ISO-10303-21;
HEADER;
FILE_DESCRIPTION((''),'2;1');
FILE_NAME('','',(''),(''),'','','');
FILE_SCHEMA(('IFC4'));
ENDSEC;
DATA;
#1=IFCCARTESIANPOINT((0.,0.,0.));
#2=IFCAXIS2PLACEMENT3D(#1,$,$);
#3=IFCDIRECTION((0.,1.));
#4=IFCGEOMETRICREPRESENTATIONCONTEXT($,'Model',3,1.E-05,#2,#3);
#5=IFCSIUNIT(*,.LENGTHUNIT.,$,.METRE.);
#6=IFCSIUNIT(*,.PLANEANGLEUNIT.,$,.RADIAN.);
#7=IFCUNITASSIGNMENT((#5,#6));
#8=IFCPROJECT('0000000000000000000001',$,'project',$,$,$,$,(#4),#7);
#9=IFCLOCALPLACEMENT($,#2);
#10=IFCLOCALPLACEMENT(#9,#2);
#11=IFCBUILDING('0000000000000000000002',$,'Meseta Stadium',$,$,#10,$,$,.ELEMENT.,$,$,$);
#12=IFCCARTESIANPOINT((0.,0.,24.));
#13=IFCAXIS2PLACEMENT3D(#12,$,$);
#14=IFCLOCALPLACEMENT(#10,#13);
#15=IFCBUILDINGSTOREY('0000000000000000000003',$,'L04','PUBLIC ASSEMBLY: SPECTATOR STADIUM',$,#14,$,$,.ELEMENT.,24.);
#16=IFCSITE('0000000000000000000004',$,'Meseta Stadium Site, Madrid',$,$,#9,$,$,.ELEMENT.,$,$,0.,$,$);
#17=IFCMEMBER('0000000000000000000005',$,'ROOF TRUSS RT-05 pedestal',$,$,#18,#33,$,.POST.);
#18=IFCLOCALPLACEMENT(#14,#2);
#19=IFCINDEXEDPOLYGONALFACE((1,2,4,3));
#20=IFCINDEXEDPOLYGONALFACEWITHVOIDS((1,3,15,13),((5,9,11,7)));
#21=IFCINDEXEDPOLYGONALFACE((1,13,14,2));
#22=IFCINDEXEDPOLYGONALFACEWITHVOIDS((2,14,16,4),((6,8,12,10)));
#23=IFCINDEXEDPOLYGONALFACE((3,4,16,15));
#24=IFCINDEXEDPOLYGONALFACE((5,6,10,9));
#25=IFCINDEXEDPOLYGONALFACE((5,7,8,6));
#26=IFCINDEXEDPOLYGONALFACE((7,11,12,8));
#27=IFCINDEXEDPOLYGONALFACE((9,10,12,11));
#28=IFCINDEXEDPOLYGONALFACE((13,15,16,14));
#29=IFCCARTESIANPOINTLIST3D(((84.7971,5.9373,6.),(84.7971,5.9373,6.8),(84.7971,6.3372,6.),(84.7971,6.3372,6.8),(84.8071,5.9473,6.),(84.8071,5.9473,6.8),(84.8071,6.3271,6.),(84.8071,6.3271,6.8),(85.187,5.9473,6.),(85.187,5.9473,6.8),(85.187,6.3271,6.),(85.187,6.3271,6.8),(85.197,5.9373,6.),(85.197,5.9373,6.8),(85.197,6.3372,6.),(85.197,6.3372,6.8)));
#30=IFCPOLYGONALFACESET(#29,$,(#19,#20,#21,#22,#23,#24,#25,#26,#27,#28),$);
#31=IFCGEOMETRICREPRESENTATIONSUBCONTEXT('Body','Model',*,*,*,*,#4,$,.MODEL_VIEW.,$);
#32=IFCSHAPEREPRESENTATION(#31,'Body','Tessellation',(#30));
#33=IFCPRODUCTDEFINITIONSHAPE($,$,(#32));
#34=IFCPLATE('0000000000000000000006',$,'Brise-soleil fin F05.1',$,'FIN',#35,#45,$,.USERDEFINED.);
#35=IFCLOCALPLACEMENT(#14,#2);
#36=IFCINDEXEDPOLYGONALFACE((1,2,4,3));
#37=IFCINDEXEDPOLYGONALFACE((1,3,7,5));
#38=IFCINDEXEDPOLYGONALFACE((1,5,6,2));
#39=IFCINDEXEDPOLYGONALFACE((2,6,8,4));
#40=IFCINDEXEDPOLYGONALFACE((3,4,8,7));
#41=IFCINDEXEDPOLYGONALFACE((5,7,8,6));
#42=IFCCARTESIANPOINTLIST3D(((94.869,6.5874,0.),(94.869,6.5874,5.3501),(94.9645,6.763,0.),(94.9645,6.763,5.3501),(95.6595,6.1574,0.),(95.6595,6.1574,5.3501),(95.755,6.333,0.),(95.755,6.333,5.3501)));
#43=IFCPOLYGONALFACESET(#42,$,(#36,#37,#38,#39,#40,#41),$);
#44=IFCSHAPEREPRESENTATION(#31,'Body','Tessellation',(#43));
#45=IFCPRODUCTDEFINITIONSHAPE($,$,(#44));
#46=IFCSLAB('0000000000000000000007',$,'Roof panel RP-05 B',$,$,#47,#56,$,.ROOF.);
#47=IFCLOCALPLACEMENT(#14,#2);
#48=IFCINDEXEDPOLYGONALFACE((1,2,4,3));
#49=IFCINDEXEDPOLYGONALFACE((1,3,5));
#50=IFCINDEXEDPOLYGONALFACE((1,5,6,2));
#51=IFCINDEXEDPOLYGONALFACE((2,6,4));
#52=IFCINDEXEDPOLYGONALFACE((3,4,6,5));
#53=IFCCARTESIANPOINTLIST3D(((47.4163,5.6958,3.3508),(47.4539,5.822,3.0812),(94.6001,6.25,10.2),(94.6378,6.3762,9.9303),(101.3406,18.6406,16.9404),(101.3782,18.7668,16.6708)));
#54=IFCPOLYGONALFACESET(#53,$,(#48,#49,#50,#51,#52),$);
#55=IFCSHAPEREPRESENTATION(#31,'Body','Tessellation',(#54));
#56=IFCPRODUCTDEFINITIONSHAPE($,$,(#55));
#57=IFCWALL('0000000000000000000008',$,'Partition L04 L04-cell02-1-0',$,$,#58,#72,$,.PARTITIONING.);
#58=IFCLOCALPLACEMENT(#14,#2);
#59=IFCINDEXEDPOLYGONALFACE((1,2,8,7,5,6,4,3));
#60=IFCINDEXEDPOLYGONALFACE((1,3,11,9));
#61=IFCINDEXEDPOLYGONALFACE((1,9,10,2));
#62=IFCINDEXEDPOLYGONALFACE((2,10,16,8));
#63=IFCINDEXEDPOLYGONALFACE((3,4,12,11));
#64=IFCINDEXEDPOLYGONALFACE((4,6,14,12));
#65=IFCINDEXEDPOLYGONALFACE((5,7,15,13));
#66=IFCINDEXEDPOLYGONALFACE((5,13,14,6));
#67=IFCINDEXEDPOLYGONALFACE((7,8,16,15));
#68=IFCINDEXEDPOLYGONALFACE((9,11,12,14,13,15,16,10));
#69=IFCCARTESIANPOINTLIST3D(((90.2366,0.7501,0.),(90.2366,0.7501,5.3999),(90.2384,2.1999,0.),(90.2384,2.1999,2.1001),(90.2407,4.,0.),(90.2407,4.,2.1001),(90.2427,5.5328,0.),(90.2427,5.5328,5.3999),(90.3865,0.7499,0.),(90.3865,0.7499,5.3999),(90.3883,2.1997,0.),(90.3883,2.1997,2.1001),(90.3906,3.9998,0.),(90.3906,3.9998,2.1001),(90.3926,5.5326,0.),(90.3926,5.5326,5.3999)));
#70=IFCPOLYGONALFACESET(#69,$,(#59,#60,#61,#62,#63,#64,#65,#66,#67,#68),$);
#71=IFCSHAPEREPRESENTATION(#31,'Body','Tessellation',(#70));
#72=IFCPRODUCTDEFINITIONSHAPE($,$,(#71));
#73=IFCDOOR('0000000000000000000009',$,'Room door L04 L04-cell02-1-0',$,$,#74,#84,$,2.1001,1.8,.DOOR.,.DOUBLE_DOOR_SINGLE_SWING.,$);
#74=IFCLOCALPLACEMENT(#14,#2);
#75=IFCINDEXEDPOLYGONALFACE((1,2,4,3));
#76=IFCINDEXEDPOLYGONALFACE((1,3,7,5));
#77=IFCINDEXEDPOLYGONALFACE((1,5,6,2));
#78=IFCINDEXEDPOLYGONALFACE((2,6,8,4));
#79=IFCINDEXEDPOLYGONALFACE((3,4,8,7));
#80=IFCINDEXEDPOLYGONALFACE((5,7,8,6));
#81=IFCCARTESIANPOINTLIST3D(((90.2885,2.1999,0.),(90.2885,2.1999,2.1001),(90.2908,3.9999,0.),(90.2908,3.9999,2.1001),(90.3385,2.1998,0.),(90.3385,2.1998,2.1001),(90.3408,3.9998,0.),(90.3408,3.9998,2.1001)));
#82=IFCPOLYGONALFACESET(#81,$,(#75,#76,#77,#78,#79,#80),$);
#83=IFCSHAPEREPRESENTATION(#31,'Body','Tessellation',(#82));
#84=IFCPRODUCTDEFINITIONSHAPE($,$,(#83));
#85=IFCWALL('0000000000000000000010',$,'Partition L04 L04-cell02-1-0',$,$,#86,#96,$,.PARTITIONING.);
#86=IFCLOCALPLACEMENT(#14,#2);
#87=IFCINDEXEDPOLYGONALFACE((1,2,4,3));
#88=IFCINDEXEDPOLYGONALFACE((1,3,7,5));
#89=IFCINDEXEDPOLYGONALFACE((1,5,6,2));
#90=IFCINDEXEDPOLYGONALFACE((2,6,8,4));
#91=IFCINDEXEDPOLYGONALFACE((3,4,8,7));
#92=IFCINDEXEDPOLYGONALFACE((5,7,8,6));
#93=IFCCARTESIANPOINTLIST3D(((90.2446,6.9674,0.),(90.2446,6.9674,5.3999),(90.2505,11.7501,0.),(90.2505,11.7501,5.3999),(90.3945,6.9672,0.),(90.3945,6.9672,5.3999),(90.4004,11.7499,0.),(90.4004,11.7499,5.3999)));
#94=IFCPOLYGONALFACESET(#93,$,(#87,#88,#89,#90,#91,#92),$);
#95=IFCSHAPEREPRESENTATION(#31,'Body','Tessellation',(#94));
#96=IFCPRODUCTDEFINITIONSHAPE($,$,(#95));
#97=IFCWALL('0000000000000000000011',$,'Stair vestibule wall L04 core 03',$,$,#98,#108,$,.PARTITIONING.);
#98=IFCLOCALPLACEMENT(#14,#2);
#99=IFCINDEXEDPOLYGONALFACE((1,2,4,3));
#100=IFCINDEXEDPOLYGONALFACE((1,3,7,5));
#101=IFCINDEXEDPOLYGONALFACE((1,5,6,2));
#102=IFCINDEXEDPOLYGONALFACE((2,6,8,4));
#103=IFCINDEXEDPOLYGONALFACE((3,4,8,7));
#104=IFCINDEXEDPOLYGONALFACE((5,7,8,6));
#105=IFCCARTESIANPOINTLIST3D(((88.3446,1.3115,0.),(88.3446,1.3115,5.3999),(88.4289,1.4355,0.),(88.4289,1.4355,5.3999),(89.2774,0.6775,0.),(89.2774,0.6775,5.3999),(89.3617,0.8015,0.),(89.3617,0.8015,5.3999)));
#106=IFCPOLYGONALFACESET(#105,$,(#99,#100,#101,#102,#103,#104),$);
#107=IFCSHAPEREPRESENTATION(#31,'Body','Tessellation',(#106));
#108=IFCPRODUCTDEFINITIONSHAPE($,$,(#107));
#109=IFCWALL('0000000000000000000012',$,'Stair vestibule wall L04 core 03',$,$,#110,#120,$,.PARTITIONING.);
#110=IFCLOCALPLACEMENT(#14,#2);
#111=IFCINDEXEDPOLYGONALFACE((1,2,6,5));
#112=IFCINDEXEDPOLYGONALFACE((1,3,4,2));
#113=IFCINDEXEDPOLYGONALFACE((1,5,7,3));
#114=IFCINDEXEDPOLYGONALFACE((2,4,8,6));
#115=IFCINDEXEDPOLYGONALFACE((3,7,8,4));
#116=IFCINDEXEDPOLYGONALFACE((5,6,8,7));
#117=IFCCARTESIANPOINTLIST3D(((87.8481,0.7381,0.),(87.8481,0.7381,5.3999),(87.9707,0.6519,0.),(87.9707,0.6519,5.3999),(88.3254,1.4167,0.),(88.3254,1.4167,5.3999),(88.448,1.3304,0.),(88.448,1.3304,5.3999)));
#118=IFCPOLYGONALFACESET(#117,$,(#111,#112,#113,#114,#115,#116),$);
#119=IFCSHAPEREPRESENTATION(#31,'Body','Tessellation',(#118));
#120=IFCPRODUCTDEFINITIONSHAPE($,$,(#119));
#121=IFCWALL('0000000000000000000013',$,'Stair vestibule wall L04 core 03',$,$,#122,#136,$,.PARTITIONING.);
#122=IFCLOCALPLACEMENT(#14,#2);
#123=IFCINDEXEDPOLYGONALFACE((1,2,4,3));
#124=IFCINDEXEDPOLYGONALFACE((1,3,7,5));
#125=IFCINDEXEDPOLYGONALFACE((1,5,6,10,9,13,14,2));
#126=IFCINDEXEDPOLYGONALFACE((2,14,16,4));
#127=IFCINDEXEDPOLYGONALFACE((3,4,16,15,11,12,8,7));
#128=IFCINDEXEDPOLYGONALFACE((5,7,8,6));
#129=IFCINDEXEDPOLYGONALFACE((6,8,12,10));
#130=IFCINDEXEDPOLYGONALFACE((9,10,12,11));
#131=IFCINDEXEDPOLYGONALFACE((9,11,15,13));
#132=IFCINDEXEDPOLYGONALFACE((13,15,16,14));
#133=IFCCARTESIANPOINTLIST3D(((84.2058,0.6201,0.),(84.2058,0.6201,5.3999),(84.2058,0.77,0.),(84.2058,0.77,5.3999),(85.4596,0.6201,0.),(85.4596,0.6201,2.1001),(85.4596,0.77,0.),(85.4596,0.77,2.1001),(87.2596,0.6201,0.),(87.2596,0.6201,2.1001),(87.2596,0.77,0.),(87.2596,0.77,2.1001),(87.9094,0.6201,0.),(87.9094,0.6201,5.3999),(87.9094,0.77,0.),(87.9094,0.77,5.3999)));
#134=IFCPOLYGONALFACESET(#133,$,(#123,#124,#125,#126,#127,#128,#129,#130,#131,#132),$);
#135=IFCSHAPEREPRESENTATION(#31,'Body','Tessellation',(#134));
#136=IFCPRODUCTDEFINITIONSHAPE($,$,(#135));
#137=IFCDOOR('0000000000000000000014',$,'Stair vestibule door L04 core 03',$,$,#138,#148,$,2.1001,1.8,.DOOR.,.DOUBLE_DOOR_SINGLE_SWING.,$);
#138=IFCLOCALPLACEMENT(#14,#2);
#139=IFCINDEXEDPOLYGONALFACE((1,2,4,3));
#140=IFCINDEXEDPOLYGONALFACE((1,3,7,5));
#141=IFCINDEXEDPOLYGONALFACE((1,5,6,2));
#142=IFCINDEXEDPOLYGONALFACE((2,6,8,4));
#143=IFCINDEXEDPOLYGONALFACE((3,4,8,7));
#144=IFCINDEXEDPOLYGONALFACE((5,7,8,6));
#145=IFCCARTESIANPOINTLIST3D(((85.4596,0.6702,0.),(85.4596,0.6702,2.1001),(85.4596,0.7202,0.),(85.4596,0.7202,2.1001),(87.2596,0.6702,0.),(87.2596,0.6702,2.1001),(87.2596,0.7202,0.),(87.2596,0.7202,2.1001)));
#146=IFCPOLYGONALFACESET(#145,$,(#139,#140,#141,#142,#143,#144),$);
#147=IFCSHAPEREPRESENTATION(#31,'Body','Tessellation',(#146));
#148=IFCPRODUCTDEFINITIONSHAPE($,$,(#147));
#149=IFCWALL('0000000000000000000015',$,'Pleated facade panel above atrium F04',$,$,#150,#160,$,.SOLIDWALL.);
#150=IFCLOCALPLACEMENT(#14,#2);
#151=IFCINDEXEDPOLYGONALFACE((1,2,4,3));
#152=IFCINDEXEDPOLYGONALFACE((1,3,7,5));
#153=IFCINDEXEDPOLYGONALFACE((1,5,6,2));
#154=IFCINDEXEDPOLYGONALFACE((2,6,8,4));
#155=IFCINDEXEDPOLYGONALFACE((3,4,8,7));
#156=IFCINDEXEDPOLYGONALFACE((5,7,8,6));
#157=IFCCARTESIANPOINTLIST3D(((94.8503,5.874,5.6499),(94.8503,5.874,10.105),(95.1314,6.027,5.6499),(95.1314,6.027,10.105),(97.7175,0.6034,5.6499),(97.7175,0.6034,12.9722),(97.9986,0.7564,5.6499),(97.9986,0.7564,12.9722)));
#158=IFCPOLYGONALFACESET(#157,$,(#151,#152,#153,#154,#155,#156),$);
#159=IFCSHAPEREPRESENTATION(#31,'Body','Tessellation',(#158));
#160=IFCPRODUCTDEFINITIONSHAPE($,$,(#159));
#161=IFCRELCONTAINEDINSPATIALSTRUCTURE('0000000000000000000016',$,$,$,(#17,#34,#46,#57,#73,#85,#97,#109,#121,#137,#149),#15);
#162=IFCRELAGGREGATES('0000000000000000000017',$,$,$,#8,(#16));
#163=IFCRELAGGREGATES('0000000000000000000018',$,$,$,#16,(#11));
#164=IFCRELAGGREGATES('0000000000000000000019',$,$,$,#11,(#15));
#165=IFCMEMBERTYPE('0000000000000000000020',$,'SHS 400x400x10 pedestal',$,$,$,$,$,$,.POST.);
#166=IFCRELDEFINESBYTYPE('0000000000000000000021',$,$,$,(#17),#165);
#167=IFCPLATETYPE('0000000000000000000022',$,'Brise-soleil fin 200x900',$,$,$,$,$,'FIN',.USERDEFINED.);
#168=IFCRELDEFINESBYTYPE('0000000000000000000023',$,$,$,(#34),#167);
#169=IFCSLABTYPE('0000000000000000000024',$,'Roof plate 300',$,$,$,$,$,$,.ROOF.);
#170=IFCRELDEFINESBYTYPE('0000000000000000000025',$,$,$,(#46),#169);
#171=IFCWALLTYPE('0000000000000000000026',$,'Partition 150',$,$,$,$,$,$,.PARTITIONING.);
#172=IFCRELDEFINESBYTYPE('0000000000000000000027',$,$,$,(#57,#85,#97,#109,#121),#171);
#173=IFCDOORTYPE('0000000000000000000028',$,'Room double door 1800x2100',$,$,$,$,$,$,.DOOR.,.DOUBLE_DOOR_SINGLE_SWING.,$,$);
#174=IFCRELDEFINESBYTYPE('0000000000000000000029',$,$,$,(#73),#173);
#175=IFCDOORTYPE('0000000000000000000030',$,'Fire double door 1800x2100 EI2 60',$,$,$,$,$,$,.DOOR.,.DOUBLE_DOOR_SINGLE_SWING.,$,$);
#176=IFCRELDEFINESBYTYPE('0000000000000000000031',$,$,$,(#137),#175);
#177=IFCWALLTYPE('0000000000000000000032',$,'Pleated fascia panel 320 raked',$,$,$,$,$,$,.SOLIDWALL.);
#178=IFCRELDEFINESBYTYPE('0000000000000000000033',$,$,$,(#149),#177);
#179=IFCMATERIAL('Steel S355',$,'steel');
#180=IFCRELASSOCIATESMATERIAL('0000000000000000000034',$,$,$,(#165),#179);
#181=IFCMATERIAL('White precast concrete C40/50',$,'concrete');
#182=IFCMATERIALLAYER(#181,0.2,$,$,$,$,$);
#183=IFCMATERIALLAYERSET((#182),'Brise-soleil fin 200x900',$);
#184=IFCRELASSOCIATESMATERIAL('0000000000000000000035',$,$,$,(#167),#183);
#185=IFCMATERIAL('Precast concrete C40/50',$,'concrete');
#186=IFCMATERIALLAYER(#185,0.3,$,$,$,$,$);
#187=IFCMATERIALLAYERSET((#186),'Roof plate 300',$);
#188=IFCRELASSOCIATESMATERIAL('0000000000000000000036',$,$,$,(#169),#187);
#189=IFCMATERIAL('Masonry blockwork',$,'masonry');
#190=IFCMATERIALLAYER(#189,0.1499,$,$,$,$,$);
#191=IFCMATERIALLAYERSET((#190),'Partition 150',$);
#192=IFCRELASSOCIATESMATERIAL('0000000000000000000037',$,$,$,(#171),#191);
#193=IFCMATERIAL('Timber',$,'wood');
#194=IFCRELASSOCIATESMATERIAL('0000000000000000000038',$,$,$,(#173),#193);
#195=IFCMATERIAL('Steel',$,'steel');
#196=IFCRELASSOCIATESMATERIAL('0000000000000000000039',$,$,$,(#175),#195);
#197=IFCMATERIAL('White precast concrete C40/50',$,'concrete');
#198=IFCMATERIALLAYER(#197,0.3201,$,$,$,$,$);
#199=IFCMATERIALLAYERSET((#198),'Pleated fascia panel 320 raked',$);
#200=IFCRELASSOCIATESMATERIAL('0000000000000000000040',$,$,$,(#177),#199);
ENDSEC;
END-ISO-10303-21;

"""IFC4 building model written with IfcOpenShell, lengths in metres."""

from ifc_helpers import new_model, si_unit, direction, frame, frame_2d, origin, origin_2d, place, context, subcontext, project, spatial, polyline, rectangle, hollow_rectangle, outline, extrude, material, layer, layer_set, material_profile, profile_set, type_object, element, fill, save


model = new_model("IFC4")

# Units and contexts
model_context = context("Model", 3, precision=1e-05, world=origin(), true_north=direction((0.0, 1.0)))
body_context = subcontext(model_context, "Body", "Model", "MODEL_VIEW")
ifc_project = project(units=[si_unit("LENGTHUNIT", "METRE"), si_unit("PLANEANGLEUNIT", "RADIAN")], contexts=[model_context])

# Site, building, storey
site_placement = place(None, origin())
site = spatial("IfcSite", under=ifc_project, at=site_placement, Name="Meseta Stadium Site, Madrid", CompositionType="ELEMENT", RefElevation=0.0)
building_placement = place(site_placement, origin())
building = spatial("IfcBuilding", under=site, at=building_placement, Name="Meseta Stadium", CompositionType="ELEMENT")
storey_placement = place(building_placement, frame((0.0, 0.0, 24.0)))
storey = spatial("IfcBuildingStorey", under=building, at=storey_placement, Name="L04", Description="PUBLIC ASSEMBLY: SPECTATOR STADIUM", CompositionType="ELEMENT", Elevation=24.0)

# Member
ifc_material_1 = material(Name="Steel S355", Category="steel")
ifc_material_profile_1 = material_profile(ifc_material_1, hollow_rectangle(XDim=0.3999, YDim=0.3999, WallThickness=0.01, at=origin_2d()), Name="SHS 400x400x10")
ifc_profile_set_1 = profile_set([ifc_material_profile_1], Name="Steel S355")
member_type_1 = type_object("IfcMemberType", Name="SHS 400x400x10 pedestal", PredefinedType="POST", material=ifc_profile_set_1)
member_1_placement = place(storey_placement, frame((84.9971, 6.1372, 6.0), z_axis=(0.0, 0.0, 1.0), x_axis=(1.0, 0.0, 0.0)))
element("IfcMember", 1, at=member_1_placement, inside=storey, type_object=member_type_1, Name="ROOF TRUSS RT-05 pedestal", PredefinedType="POST", context=body_context, shape_type="SweptSolid", body=[
    extrude(hollow_rectangle(XDim=0.3999, YDim=0.3999, WallThickness=0.01, at=origin_2d()), origin(), (0.0, 0.0, 1.0), 0.8),
])

# Plate
ifc_material_2 = material(Name="White precast concrete C40/50", Category="concrete")
ifc_layer_1 = layer(ifc_material_2, 0.2)
ifc_layer_set_1 = layer_set([ifc_layer_1], Name="Brise-soleil fin 200x900")
plate_type = type_object("IfcPlateType", Name="Brise-soleil fin 200x900", ElementType="FIN", PredefinedType="USERDEFINED", material=ifc_layer_set_1)
plate_placement = place(storey_placement, frame((95.312, 6.4602, 0.0), z_axis=(0.0, 0.0, 1.0), x_axis=(0.477867, 0.878432, 0.0)))
element("IfcPlate", 2, at=plate_placement, inside=storey, type_object=plate_type, Name="Brise-soleil fin F05.1", ObjectType="FIN", PredefinedType="USERDEFINED", context=body_context, shape_type="SweptSolid", body=[
    extrude(rectangle(XDim=0.2, YDim=0.8999, at=origin_2d()), origin(), (0.0, 0.0, 1.0), 5.3501),
])

# Slab
ifc_material_3 = material(Name="Precast concrete C40/50", Category="concrete")
ifc_layer_2 = layer(ifc_material_3, 0.3)
ifc_layer_set_2 = layer_set([ifc_layer_2], Name="Roof plate 300")
slab_type = type_object("IfcSlabType", Name="Roof plate 300", PredefinedType="ROOF", material=ifc_layer_set_2)
slab_placement = place(storey_placement, frame((94.6001, 6.25, 10.2), z_axis=(-0.125493, -0.420543, 0.898552), x_axis=(-0.989561, -0.011623, -0.143643)))
element("IfcSlab", 3, at=slab_placement, inside=storey, type_object=slab_type, Name="Roof panel RP-05 B", PredefinedType="ROOF", context=body_context, shape_type="SweptSolid", body=[
    extrude(outline(polyline([(0.0, 0.0), (47.6816, 0.0), (-7.7824, -13.5584), (0.0, 0.0)])), origin(), (0.0, 0.0, -1.0), 0.3),
])

# Wall, opening, door
ifc_material_4 = material(Name="Masonry blockwork", Category="masonry")
ifc_layer_3 = layer(ifc_material_4, 0.1499)
ifc_layer_set_3 = layer_set([ifc_layer_3], Name="Partition 150")
wall_type_1 = type_object("IfcWallType", Name="Partition 150", PredefinedType="PARTITIONING", material=ifc_layer_set_3)
wall_1_placement = place(storey_placement, frame((90.3115, 0.75, 0.0), z_axis=(0.0, 0.0, 1.0), x_axis=(0.001276, 0.999999, 0.0)))
wall_1 = element("IfcWall", 4, at=wall_1_placement, inside=storey, type_object=wall_type_1, Name="Partition L04 L04-cell02-1-0", PredefinedType="PARTITIONING", context=body_context, shape_type="SweptSolid", body=[
    extrude(rectangle(XDim=4.7827, YDim=0.1499, at=frame_2d((2.3914, 0.0))), origin(), (0.0, 0.0, 1.0), 5.3999),
])
opening_1_placement = place(wall_1_placement, frame((1.45, 0.0, 0.0)))
opening_1 = element("IfcOpeningElement", 5, at=opening_1_placement, cuts=wall_1, PredefinedType="OPENING", context=body_context, shape_type="SweptSolid", body=[
    extrude(rectangle(XDim=1.8, YDim=2.1001, at=frame_2d((0.8999, 1.05))), frame((0.0, 0.085, 0.0), z_axis=(0.0, -1.0, 0.0), x_axis=(1.0, 0.0, 0.0)), (0.0, 0.0, 1.0), 0.1699),
])
ifc_material_5 = material(Name="Timber", Category="wood")
door_type_1 = type_object("IfcDoorType", Name="Room double door 1800x2100", OperationType="DOUBLE_DOOR_SINGLE_SWING", PredefinedType="DOOR", material=ifc_material_5)
door_1_placement = place(opening_1_placement, origin())
door_1 = element("IfcDoor", 6, at=door_1_placement, inside=storey, type_object=door_type_1, Name="Room door L04 L04-cell02-1-0", OperationType="DOUBLE_DOOR_SINGLE_SWING", OverallHeight=2.1001, OverallWidth=1.8, PredefinedType="DOOR", context=body_context, shape_type="SweptSolid", body=[
    extrude(rectangle(XDim=1.8, YDim=2.1001, at=frame_2d((0.8999, 1.05))), frame((0.0, 0.0249, 0.0), z_axis=(0.0, -1.0, 0.0), x_axis=(1.0, 0.0, 0.0)), (0.0, 0.0, 1.0), 0.05),
])
fill(opening_1, door_1)

# Walls
wall_2_placement = place(storey_placement, frame((90.3196, 6.9673, 0.0), z_axis=(0.0, 0.0, 1.0), x_axis=(0.001225, 0.999999, 0.0)))
element("IfcWall", 7, at=wall_2_placement, inside=storey, type_object=wall_type_1, Name="Partition L04 L04-cell02-1-0", PredefinedType="PARTITIONING", context=body_context, shape_type="SweptSolid", body=[
    extrude(rectangle(XDim=4.7827, YDim=0.1499, at=frame_2d((2.3914, 0.0))), origin(), (0.0, 0.0, 1.0), 5.3999),
])
wall_3_placement = place(storey_placement, frame((89.3196, 0.7395, 0.0), z_axis=(0.0, 0.0, 1.0), x_axis=(-0.827055, 0.562121, 0.0)))
element("IfcWall", 8, at=wall_3_placement, inside=storey, type_object=wall_type_1, Name="Stair vestibule wall L04 core 03", PredefinedType="PARTITIONING", context=body_context, shape_type="SweptSolid", body=[
    extrude(rectangle(XDim=1.1279, YDim=0.1499, at=frame_2d((0.564, 0.0))), origin(), (0.0, 0.0, 1.0), 5.3999),
])
wall_4_placement = place(storey_placement, frame((88.3867, 1.3735, 0.0), z_axis=(0.0, 0.0, 1.0), x_axis=(-0.575377, -0.817888, 0.0)))
element("IfcWall", 9, at=wall_4_placement, inside=storey, type_object=wall_type_1, Name="Stair vestibule wall L04 core 03", PredefinedType="PARTITIONING", context=body_context, shape_type="SweptSolid", body=[
    extrude(rectangle(XDim=0.8296, YDim=0.1499, at=frame_2d((0.4148, 0.0))), origin(), (0.0, 0.0, 1.0), 5.3999),
])

# Wall, opening, door
wall_5_placement = place(storey_placement, frame((87.9094, 0.6951, 0.0), z_axis=(0.0, 0.0, 1.0), x_axis=(-1.0, 0.0, 0.0)))
wall_5 = element("IfcWall", 10, at=wall_5_placement, inside=storey, type_object=wall_type_1, Name="Stair vestibule wall L04 core 03", PredefinedType="PARTITIONING", context=body_context, shape_type="SweptSolid", body=[
    extrude(rectangle(XDim=3.7036, YDim=0.1499, at=frame_2d((1.8518, 0.0))), origin(), (0.0, 0.0, 1.0), 5.3999),
])
opening_2_placement = place(wall_5_placement, frame((0.6499, 0.0, 0.0)))
opening_2 = element("IfcOpeningElement", 11, at=opening_2_placement, cuts=wall_5, PredefinedType="OPENING", context=body_context, shape_type="SweptSolid", body=[
    extrude(rectangle(XDim=1.8, YDim=2.1001, at=frame_2d((0.8999, 1.05))), frame((0.0, 0.085, 0.0), z_axis=(0.0, -1.0, 0.0), x_axis=(1.0, 0.0, 0.0)), (0.0, 0.0, 1.0), 0.1699),
])
ifc_material_6 = material(Name="Steel", Category="steel")
door_type_2 = type_object("IfcDoorType", Name="Fire double door 1800x2100 EI2 60", OperationType="DOUBLE_DOOR_SINGLE_SWING", PredefinedType="DOOR", material=ifc_material_6)
door_2_placement = place(opening_2_placement, origin())
door_2 = element("IfcDoor", 12, at=door_2_placement, inside=storey, type_object=door_type_2, Name="Stair vestibule door L04 core 03", OperationType="DOUBLE_DOOR_SINGLE_SWING", OverallHeight=2.1001, OverallWidth=1.8, PredefinedType="DOOR", context=body_context, shape_type="SweptSolid", body=[
    extrude(rectangle(XDim=1.8, YDim=2.1001, at=frame_2d((0.8999, 1.05))), frame((0.0, 0.0249, 0.0), z_axis=(0.0, -1.0, 0.0), x_axis=(1.0, 0.0, 0.0)), (0.0, 0.0, 1.0), 0.05),
])
fill(opening_2, door_2)

# Wall
ifc_material_7 = material(Name="White precast concrete C40/50", Category="concrete")
ifc_layer_4 = layer(ifc_material_7, 0.3201)
ifc_layer_set_4 = layer_set([ifc_layer_4], Name="Pleated fascia panel 320 raked")
wall_type_2 = type_object("IfcWallType", Name="Pleated fascia panel 320 raked", PredefinedType="SOLIDWALL", material=ifc_layer_set_4)
wall_6_placement = place(storey_placement, frame((94.9907, 5.9504, 5.6499), z_axis=(0.0, 0.0, 1.0), x_axis=(0.477871, -0.87843, 0.0)))
element("IfcWall", 13, at=wall_6_placement, inside=storey, type_object=wall_type_2, Name="Pleated facade panel above atrium F04", PredefinedType="SOLIDWALL", context=body_context, shape_type="SweptSolid", body=[
    extrude(outline(polyline([(0.0, 0.0), (6.0, 0.0), (6.0, 7.3223), (0.0, 4.4551), (0.0, 0.0)])), frame((0.0, 0.1602, 0.0), z_axis=(0.0, -1.0, 0.0), x_axis=(1.0, 0.0, 0.0)), (0.0, 0.0, 1.0), 0.3201),
])

save(model, "model.ifc")
